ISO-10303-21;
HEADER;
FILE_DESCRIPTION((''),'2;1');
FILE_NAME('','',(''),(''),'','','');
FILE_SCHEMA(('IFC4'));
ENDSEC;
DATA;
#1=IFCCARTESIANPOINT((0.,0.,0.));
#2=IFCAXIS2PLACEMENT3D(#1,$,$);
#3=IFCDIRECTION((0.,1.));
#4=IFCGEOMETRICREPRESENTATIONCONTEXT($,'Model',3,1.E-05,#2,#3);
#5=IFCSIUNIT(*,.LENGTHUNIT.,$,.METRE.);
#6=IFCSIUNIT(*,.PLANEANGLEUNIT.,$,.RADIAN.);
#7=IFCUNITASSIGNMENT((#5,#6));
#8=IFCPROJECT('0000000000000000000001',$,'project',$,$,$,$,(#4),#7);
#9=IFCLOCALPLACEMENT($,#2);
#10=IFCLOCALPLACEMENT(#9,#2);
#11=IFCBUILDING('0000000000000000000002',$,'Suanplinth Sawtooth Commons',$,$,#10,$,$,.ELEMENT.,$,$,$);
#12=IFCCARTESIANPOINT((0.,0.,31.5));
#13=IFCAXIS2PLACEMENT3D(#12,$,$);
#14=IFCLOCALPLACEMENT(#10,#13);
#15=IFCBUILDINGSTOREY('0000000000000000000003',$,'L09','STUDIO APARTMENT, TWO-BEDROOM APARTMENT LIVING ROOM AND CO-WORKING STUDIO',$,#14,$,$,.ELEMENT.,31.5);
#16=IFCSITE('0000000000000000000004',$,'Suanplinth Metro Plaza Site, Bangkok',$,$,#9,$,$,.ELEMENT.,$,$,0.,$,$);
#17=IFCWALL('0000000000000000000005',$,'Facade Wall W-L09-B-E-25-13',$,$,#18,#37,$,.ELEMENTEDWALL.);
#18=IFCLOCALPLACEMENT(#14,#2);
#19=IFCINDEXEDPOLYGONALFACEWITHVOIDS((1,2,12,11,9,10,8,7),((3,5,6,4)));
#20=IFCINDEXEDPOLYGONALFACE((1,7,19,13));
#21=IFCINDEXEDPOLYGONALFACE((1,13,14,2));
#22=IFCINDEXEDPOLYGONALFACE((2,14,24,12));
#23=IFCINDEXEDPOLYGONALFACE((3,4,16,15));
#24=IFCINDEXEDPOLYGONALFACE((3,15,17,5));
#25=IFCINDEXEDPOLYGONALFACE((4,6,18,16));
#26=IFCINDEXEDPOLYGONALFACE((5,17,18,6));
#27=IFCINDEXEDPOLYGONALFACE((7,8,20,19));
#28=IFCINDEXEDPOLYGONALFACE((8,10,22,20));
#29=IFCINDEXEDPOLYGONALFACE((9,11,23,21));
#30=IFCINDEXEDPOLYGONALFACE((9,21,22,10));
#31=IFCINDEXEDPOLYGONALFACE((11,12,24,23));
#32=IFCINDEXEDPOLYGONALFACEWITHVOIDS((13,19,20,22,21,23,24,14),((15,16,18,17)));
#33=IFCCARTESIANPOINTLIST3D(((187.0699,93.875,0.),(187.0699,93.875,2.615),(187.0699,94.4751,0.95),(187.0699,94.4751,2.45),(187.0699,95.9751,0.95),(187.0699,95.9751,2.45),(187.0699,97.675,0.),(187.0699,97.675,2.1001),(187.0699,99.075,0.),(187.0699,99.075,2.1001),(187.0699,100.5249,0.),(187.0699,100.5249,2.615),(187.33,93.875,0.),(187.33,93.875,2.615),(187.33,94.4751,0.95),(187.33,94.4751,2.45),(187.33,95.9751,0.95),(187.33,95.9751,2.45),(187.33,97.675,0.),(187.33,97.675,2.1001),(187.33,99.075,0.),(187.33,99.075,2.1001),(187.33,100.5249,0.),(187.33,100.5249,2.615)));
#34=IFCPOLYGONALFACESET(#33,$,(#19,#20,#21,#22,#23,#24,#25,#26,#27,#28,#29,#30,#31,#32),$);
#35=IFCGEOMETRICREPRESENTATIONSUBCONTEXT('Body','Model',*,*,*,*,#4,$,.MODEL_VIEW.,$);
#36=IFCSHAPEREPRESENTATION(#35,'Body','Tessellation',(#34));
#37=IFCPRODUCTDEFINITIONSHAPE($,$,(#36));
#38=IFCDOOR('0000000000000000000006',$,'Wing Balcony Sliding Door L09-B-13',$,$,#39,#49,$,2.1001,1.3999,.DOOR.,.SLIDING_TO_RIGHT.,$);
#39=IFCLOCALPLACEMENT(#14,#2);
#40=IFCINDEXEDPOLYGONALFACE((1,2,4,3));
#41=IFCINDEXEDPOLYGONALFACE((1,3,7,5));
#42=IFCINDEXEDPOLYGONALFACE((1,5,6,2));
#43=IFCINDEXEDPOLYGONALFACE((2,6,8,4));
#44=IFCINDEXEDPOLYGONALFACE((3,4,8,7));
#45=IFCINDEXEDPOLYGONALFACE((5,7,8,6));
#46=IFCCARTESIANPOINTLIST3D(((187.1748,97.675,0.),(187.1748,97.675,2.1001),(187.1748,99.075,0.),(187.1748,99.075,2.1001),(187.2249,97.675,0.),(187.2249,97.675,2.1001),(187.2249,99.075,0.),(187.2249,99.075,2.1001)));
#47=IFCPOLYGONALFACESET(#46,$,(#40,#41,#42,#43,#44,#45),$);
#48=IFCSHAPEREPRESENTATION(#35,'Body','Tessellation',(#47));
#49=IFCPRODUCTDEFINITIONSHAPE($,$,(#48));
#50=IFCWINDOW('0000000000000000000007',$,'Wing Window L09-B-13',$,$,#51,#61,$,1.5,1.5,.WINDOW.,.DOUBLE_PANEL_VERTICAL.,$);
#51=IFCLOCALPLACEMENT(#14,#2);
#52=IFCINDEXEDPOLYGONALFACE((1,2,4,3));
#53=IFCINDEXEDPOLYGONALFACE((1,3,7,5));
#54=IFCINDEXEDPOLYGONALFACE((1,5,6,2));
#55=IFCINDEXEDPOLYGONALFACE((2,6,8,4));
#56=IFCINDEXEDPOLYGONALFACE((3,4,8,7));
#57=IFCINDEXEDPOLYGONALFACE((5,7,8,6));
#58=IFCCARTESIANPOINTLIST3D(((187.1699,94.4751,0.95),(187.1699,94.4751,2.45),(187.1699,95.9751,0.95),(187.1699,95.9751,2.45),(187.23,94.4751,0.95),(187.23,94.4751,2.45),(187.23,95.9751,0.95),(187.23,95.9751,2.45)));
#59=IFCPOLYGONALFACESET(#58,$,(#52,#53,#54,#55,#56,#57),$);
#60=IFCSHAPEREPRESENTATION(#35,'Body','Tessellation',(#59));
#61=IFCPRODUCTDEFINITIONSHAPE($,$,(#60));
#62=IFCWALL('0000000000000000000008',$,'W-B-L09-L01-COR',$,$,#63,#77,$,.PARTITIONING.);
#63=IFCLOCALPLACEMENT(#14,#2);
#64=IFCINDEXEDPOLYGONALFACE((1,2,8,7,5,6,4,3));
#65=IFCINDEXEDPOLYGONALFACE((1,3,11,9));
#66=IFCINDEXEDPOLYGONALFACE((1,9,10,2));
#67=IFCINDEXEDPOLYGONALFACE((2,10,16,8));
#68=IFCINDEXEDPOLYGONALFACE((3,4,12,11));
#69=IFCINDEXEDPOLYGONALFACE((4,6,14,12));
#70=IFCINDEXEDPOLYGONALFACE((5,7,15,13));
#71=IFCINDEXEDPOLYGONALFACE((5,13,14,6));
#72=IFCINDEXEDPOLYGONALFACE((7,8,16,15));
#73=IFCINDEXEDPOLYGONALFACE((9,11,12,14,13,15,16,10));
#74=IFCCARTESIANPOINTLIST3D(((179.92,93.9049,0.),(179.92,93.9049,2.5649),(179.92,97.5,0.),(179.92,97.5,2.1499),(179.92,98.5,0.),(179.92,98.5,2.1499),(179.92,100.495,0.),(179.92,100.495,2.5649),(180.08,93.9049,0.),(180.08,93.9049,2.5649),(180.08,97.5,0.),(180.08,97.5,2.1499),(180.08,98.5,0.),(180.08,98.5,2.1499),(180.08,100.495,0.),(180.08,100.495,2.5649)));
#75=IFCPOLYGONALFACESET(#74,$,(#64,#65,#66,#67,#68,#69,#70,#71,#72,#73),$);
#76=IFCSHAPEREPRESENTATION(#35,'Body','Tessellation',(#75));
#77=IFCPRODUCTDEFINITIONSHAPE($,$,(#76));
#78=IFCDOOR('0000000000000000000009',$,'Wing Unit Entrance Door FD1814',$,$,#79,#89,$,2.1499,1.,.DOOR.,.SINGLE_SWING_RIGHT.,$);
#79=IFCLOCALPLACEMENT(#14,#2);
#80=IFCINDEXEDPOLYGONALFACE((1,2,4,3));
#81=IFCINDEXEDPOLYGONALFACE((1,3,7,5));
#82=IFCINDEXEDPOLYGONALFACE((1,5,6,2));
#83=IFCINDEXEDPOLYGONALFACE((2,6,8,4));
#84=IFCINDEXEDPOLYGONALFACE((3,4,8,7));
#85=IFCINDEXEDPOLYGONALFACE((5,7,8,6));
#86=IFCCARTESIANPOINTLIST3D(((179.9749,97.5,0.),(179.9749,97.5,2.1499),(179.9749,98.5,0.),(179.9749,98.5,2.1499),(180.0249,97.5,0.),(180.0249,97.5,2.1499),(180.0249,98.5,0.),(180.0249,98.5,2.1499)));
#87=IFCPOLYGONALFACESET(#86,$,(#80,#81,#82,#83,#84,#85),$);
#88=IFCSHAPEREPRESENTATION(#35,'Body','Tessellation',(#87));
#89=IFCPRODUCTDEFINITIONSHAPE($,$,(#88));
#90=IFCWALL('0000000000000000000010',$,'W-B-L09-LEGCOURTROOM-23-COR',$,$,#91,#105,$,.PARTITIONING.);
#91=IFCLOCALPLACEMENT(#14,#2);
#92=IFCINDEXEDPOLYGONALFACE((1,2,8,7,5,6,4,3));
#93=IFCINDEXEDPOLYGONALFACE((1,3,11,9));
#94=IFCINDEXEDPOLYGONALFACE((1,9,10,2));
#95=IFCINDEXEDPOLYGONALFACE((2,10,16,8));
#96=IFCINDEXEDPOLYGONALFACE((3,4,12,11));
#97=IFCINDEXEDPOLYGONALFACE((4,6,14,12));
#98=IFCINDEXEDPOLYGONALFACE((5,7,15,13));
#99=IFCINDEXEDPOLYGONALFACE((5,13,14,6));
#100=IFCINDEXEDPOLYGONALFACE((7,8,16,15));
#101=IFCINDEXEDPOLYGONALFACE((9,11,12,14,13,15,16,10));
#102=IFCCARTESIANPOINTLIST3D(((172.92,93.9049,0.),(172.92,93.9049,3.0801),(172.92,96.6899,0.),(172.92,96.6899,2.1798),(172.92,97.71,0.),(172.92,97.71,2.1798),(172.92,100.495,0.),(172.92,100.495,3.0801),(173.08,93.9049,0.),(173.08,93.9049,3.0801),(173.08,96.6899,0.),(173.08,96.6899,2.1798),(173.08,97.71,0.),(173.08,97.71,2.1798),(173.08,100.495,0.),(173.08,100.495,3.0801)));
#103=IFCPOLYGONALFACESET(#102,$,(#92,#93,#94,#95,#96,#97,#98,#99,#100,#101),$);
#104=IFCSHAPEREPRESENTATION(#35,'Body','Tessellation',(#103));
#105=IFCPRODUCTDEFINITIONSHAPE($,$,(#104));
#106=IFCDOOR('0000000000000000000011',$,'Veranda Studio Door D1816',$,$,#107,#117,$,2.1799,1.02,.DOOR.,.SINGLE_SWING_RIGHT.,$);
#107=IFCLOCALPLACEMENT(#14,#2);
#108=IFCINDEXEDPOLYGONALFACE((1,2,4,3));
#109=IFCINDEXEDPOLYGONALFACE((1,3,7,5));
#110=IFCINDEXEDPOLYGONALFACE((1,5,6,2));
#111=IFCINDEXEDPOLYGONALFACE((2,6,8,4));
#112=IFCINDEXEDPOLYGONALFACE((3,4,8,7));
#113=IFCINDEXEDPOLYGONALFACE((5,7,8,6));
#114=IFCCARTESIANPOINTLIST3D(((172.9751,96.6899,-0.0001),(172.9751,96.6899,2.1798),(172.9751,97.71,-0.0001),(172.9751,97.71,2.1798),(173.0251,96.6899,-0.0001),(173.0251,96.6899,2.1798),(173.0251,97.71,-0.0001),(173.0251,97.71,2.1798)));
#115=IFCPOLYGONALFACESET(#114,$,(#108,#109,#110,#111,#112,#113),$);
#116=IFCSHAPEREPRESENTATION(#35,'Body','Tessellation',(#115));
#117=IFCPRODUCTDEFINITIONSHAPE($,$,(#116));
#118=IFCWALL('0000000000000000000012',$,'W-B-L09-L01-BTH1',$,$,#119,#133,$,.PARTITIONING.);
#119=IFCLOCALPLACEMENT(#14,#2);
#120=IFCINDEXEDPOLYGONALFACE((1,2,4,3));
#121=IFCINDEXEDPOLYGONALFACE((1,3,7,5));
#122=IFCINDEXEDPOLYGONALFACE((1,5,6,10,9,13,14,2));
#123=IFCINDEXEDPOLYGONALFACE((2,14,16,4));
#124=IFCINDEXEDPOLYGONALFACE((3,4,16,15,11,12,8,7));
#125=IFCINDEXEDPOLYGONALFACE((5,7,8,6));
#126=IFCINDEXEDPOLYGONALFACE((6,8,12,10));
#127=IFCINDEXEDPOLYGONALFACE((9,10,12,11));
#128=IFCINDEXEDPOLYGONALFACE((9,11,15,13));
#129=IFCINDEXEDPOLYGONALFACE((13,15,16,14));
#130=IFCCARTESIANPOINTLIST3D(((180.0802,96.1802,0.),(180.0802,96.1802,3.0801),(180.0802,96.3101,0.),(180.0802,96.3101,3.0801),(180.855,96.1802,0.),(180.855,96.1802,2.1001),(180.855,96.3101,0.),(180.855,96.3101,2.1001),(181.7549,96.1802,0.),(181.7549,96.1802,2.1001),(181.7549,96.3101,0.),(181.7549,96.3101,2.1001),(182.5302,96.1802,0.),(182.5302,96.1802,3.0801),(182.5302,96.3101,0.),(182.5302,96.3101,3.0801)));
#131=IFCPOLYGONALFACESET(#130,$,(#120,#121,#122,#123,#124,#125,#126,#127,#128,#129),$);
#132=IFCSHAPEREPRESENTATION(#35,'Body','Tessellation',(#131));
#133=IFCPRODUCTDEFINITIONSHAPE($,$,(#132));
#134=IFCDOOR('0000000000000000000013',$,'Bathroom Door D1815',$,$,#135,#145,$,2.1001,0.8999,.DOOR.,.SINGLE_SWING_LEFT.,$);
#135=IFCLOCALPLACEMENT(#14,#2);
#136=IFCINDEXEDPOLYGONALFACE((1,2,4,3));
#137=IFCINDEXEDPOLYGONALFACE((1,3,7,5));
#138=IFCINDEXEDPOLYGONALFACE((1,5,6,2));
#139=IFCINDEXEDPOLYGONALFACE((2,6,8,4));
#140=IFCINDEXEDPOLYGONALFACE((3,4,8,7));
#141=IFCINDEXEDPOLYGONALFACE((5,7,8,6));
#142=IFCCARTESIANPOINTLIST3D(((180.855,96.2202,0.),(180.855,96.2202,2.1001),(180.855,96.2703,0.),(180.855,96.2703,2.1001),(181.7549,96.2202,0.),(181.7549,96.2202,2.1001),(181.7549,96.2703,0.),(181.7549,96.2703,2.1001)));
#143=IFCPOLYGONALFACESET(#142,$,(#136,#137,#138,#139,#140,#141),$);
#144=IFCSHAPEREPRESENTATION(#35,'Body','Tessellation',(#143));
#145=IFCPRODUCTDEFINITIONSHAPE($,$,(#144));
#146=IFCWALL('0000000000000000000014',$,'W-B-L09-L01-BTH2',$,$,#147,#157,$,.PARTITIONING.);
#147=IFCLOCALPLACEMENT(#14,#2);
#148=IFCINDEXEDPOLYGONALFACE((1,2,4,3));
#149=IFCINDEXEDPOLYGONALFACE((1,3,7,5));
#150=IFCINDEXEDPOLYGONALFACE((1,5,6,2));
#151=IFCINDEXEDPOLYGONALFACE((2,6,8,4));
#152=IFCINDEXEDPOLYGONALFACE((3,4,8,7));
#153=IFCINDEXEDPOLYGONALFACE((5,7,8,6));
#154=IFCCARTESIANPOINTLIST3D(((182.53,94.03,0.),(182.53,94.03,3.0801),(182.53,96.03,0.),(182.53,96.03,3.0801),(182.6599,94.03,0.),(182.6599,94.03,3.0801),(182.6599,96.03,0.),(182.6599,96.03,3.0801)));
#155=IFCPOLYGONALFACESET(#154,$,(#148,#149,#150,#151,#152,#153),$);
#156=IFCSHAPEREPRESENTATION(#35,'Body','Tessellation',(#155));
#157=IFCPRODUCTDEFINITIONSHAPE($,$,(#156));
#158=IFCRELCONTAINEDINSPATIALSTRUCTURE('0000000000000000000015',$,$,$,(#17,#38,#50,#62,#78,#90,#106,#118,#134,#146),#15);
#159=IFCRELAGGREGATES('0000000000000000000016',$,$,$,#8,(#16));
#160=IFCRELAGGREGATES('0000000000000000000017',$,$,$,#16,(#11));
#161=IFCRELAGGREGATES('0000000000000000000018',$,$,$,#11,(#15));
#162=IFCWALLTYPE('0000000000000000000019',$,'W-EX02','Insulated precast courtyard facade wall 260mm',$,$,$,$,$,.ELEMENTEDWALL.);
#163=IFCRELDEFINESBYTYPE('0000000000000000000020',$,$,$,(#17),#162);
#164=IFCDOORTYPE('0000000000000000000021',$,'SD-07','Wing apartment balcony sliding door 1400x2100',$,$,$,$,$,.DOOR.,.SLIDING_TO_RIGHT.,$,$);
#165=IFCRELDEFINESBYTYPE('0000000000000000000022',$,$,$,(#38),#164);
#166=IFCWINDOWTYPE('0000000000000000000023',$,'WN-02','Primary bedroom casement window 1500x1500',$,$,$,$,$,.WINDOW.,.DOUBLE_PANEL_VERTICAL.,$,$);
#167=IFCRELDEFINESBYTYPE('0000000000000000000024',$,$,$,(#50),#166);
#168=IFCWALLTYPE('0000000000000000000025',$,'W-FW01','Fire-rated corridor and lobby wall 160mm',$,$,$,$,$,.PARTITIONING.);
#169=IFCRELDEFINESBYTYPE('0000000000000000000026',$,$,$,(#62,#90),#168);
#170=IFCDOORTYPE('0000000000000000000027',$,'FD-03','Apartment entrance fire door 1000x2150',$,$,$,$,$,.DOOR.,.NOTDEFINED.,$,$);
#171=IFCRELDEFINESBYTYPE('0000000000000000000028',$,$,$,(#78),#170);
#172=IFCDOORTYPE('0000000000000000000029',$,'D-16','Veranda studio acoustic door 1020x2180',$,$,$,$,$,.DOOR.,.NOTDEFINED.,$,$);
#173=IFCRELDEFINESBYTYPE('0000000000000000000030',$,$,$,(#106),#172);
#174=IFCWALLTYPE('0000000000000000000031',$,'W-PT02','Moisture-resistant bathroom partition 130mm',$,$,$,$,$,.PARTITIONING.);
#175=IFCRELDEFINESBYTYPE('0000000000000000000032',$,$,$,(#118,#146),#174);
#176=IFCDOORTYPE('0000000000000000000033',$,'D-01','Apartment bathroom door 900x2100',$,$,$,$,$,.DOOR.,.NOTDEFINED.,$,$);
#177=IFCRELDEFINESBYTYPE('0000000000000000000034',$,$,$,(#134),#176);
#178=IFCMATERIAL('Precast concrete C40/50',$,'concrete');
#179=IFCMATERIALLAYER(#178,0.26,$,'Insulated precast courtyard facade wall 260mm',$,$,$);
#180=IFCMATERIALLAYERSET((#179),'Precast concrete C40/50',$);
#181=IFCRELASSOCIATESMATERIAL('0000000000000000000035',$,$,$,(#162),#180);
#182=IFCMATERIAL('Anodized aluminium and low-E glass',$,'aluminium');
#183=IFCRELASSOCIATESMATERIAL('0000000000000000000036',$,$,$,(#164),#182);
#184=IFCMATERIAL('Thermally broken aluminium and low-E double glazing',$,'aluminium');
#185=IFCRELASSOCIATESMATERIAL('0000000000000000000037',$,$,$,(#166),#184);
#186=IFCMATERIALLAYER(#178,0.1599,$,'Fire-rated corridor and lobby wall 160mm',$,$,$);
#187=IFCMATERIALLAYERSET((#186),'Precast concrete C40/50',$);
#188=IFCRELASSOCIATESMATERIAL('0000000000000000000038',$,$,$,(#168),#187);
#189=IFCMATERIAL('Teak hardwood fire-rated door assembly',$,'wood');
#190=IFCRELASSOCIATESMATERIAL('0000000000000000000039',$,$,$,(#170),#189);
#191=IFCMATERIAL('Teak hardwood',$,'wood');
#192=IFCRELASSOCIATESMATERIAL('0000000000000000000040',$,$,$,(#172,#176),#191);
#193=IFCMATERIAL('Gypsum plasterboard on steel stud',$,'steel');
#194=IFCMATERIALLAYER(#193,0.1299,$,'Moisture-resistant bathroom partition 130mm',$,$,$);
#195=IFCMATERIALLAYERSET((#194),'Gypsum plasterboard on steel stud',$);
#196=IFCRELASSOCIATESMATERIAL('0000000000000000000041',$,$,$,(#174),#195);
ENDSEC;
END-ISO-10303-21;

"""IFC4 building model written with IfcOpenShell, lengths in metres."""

from ifc_helpers import new_model, si_unit, direction, frame, frame_2d, origin, place, context, subcontext, project, spatial, rectangle, extrude, material, layer, layer_set, type_object, element, fill, save


model = new_model("IFC4")

# Units and contexts
model_context = context("Model", 3, precision=1e-05, world=origin(), true_north=direction((0.0, 1.0)))
body_context = subcontext(model_context, "Body", "Model", "MODEL_VIEW")
ifc_project = project(units=[si_unit("LENGTHUNIT", "METRE"), si_unit("PLANEANGLEUNIT", "RADIAN")], contexts=[model_context])

# Site, building, storey
site_placement = place(None, origin())
site = spatial("IfcSite", under=ifc_project, at=site_placement, Name="Suanplinth Metro Plaza Site, Bangkok", CompositionType="ELEMENT", RefElevation=0.0)
building_placement = place(site_placement, origin())
building = spatial("IfcBuilding", under=site, at=building_placement, Name="Suanplinth Sawtooth Commons", CompositionType="ELEMENT")
storey_placement = place(building_placement, frame((0.0, 0.0, 31.5)))
storey = spatial("IfcBuildingStorey", under=building, at=storey_placement, Name="L09", Description="STUDIO APARTMENT, TWO-BEDROOM APARTMENT LIVING ROOM AND CO-WORKING STUDIO", CompositionType="ELEMENT", Elevation=31.5)

# Shared definitions
ifc_material_1 = material(Name="Precast concrete C40/50", Category="concrete")

# Shared definitions
ifc_layer_1 = layer(ifc_material_1, 0.26, Name="Insulated precast courtyard facade wall 260mm")
ifc_layer_set_1 = layer_set([ifc_layer_1], Name="Precast concrete C40/50")
wall_type_1 = type_object("IfcWallType", Name="W-EX02", Description="Insulated precast courtyard facade wall 260mm", PredefinedType="ELEMENTEDWALL", material=ifc_layer_set_1)
ifc_material_2 = material(Name="Anodized aluminium and low-E glass", Category="aluminium")
door_type_1 = type_object("IfcDoorType", Name="SD-07", Description="Wing apartment balcony sliding door 1400x2100", OperationType="SLIDING_TO_RIGHT", PredefinedType="DOOR", material=ifc_material_2)

# Wall, openings, door, window
wall_1_placement = place(storey_placement, frame((187.2, 93.875, 0.0), z_axis=(0.0, 0.0, 1.0), x_axis=(0.0, 1.0, 0.0)))
wall_1 = element("IfcWall", 1, at=wall_1_placement, inside=storey, type_object=wall_type_1, Name="Facade Wall W-L09-B-E-25-13", PredefinedType="ELEMENTEDWALL", context=body_context, shape_type="SweptSolid", body=[
    extrude(rectangle(XDim=6.6499, YDim=0.26, at=frame_2d((3.325, 0.0))), origin(), (0.0, 0.0, 1.0), 2.615),
])
opening_1_placement = place(wall_1_placement, frame((3.8, 0.0, 0.0)))
opening_1 = element("IfcOpeningElement", 2, at=opening_1_placement, cuts=wall_1, PredefinedType="OPENING", context=body_context, shape_type="SweptSolid", body=[
    extrude(rectangle(XDim=1.3999, YDim=2.1001, at=frame_2d((0.7, 1.05))), frame((0.0, 0.145, 0.0), z_axis=(0.0, -1.0, 0.0), x_axis=(1.0, 0.0, 0.0)), (0.0, 0.0, 1.0), 0.2898),
])
opening_2_placement = place(wall_1_placement, frame((0.6001, 0.0, 0.95)))
opening_2 = element("IfcOpeningElement", 3, at=opening_2_placement, cuts=wall_1, PredefinedType="OPENING", context=body_context, shape_type="SweptSolid", body=[
    extrude(rectangle(XDim=1.5, YDim=1.5, at=frame_2d((0.75, 0.75))), frame((0.0, 0.145, 0.0), z_axis=(0.0, -1.0, 0.0), x_axis=(1.0, 0.0, 0.0)), (0.0, 0.0, 1.0), 0.2898),
])
door_1_placement = place(opening_1_placement, frame((1.3999, 0.0, 0.0), z_axis=(0.0, 0.0, 1.0), x_axis=(-1.0, 0.0, 0.0)))
door_1 = element("IfcDoor", 4, at=door_1_placement, inside=storey, type_object=door_type_1, Name="Wing Balcony Sliding Door L09-B-13", OperationType="SLIDING_TO_RIGHT", OverallHeight=2.1001, OverallWidth=1.3999, PredefinedType="DOOR", context=body_context, shape_type="SweptSolid", body=[
    extrude(rectangle(XDim=1.3999, YDim=2.1001, at=frame_2d((0.7, 1.05))), frame((0.0, 0.0249, 0.0), z_axis=(0.0, -1.0, 0.0), x_axis=(1.0, 0.0, 0.0)), (0.0, 0.0, 1.0), 0.05),
])
fill(opening_1, door_1)
ifc_material_3 = material(Name="Thermally broken aluminium and low-E double glazing", Category="aluminium")
window_type = type_object("IfcWindowType", Name="WN-02", Description="Primary bedroom casement window 1500x1500", PartitioningType="DOUBLE_PANEL_VERTICAL", PredefinedType="WINDOW", material=ifc_material_3)
window_placement = place(opening_2_placement, origin())
window = element("IfcWindow", 5, at=window_placement, inside=storey, type_object=window_type, Name="Wing Window L09-B-13", OverallHeight=1.5, OverallWidth=1.5, PartitioningType="DOUBLE_PANEL_VERTICAL", PredefinedType="WINDOW", context=body_context, shape_type="SweptSolid", body=[
    extrude(rectangle(XDim=1.5, YDim=1.5, at=frame_2d((0.75, 0.75))), frame((0.0, 0.03, 0.0), z_axis=(0.0, -1.0, 0.0), x_axis=(1.0, 0.0, 0.0)), (0.0, 0.0, 1.0), 0.0601),
])
fill(opening_2, window)

# Walls, openings, doors
ifc_layer_2 = layer(ifc_material_1, 0.1599, Name="Fire-rated corridor and lobby wall 160mm")
ifc_layer_set_2 = layer_set([ifc_layer_2], Name="Precast concrete C40/50")
wall_type_2 = type_object("IfcWallType", Name="W-FW01", Description="Fire-rated corridor and lobby wall 160mm", PredefinedType="PARTITIONING", material=ifc_layer_set_2)
wall_2_placement = place(storey_placement, frame((180.0, 93.905, 0.0), z_axis=(0.0, 0.0, 1.0), x_axis=(0.0, 1.0, 0.0)))
wall_2 = element("IfcWall", 6, at=wall_2_placement, inside=storey, type_object=wall_type_2, Name="W-B-L09-L01-COR", PredefinedType="PARTITIONING", context=body_context, shape_type="SweptSolid", body=[
    extrude(rectangle(XDim=6.5901, YDim=0.1599, at=frame_2d((3.2949, 0.0))), origin(), (0.0, 0.0, 1.0), 2.5649),
])
opening_3_placement = place(wall_2_placement, frame((3.595, 0.0, 0.0)))
opening_3 = element("IfcOpeningElement", 7, at=opening_3_placement, cuts=wall_2, PredefinedType="OPENING", context=body_context, shape_type="SweptSolid", body=[
    extrude(rectangle(XDim=1.0, YDim=2.1499, at=frame_2d((0.5, 1.075))), frame((0.0, 0.0947, 0.0), z_axis=(0.0, -1.0, 0.0), x_axis=(1.0, 0.0, 0.0)), (0.0, 0.0, 1.0), 0.1897),
])
ifc_material_4 = material(Name="Teak hardwood fire-rated door assembly", Category="wood")
door_type_2 = type_object("IfcDoorType", Name="FD-03", Description="Apartment entrance fire door 1000x2150", OperationType="NOTDEFINED", PredefinedType="DOOR", material=ifc_material_4)
door_2_placement = place(opening_3_placement, frame((1.0, 0.0, 0.0), z_axis=(0.0, 0.0, 1.0), x_axis=(-1.0, 0.0, 0.0)))
door_2 = element("IfcDoor", 8, at=door_2_placement, inside=storey, type_object=door_type_2, Name="Wing Unit Entrance Door FD1814", OperationType="SINGLE_SWING_RIGHT", OverallHeight=2.1499, OverallWidth=1.0, PredefinedType="DOOR", context=body_context, shape_type="SweptSolid", body=[
    extrude(rectangle(XDim=1.0, YDim=2.1499, at=frame_2d((0.5, 1.075))), frame((0.0, 0.0249, 0.0), z_axis=(0.0, -1.0, 0.0), x_axis=(1.0, 0.0, 0.0)), (0.0, 0.0, 1.0), 0.05),
])
fill(opening_3, door_2)
wall_3_placement = place(storey_placement, frame((173.0, 93.905, 0.0), z_axis=(0.0, 0.0, 1.0), x_axis=(0.0, 1.0, 0.0)))
wall_3 = element("IfcWall", 9, at=wall_3_placement, inside=storey, type_object=wall_type_2, Name="W-B-L09-LEGCOURTROOM-23-COR", PredefinedType="PARTITIONING", context=body_context, shape_type="SweptSolid", body=[
    extrude(rectangle(XDim=6.5901, YDim=0.1599, at=frame_2d((3.2949, 0.0))), origin(), (0.0, 0.0, 1.0), 3.0801),
])
opening_4_placement = place(wall_3_placement, frame((2.7849, 0.0, 0.0)))
opening_4 = element("IfcOpeningElement", 10, at=opening_4_placement, cuts=wall_3, PredefinedType="OPENING", context=body_context, shape_type="SweptSolid", body=[
    extrude(rectangle(XDim=1.02, YDim=2.1799, at=frame_2d((0.51, 1.0898))), frame((0.0, 0.0947, 0.0), z_axis=(0.0, -1.0, 0.0), x_axis=(1.0, 0.0, 0.0)), (0.0, 0.0, 1.0), 0.1897),
])
ifc_material_5 = material(Name="Teak hardwood", Category="wood")
door_type_3 = type_object("IfcDoorType", Name="D-16", Description="Veranda studio acoustic door 1020x2180", OperationType="NOTDEFINED", PredefinedType="DOOR", material=ifc_material_5)
door_3_placement = place(opening_4_placement, origin())
door_3 = element("IfcDoor", 11, at=door_3_placement, inside=storey, type_object=door_type_3, Name="Veranda Studio Door D1816", OperationType="SINGLE_SWING_RIGHT", OverallHeight=2.1799, OverallWidth=1.02, PredefinedType="DOOR", context=body_context, shape_type="SweptSolid", body=[
    extrude(rectangle(XDim=1.02, YDim=2.1799, at=frame_2d((0.51, 1.0898))), frame((0.0, 0.0249, 0.0), z_axis=(0.0, -1.0, 0.0), x_axis=(1.0, 0.0, 0.0)), (0.0, 0.0, 1.0), 0.05),
])
fill(opening_4, door_3)
ifc_material_6 = material(Name="Gypsum plasterboard on steel stud", Category="steel")
ifc_layer_3 = layer(ifc_material_6, 0.1299, Name="Moisture-resistant bathroom partition 130mm")
ifc_layer_set_3 = layer_set([ifc_layer_3], Name="Gypsum plasterboard on steel stud")
wall_type_3 = type_object("IfcWallType", Name="W-PT02", Description="Moisture-resistant bathroom partition 130mm", PredefinedType="PARTITIONING", material=ifc_layer_set_3)
wall_4_placement = place(storey_placement, frame((180.0801, 96.2451, 0.0), z_axis=(0.0, 0.0, 1.0), x_axis=(1.0, 0.0, 0.0)))
wall_4 = element("IfcWall", 12, at=wall_4_placement, inside=storey, type_object=wall_type_3, Name="W-B-L09-L01-BTH1", PredefinedType="PARTITIONING", context=body_context, shape_type="SweptSolid", body=[
    extrude(rectangle(XDim=2.45, YDim=0.1299, at=frame_2d((1.2251, 0.0))), origin(), (0.0, 0.0, 1.0), 3.0801),
])
opening_5_placement = place(wall_4_placement, frame((0.7749, 0.0, 0.0)))
opening_5 = element("IfcOpeningElement", 13, at=opening_5_placement, cuts=wall_4, PredefinedType="OPENING", context=body_context, shape_type="SweptSolid", body=[
    extrude(rectangle(XDim=0.8999, YDim=2.1001, at=frame_2d((0.45, 1.05))), frame((0.0, 0.0798, 0.0), z_axis=(0.0, -1.0, 0.0), x_axis=(1.0, 0.0, 0.0)), (0.0, 0.0, 1.0), 0.1597),
])
door_type_4 = type_object("IfcDoorType", Name="D-01", Description="Apartment bathroom door 900x2100", OperationType="NOTDEFINED", PredefinedType="DOOR", material=ifc_material_5)
door_4_placement = place(opening_5_placement, frame((0.8999, 0.0, 0.0), z_axis=(0.0, 0.0, 1.0), x_axis=(-1.0, 0.0, 0.0)))
door_4 = element("IfcDoor", 14, at=door_4_placement, inside=storey, type_object=door_type_4, Name="Bathroom Door D1815", OperationType="SINGLE_SWING_LEFT", OverallHeight=2.1001, OverallWidth=0.8999, PredefinedType="DOOR", context=body_context, shape_type="SweptSolid", body=[
    extrude(rectangle(XDim=0.8999, YDim=2.1001, at=frame_2d((0.45, 1.05))), frame((0.0, 0.0249, 0.0), z_axis=(0.0, -1.0, 0.0), x_axis=(1.0, 0.0, 0.0)), (0.0, 0.0, 1.0), 0.05),
])
fill(opening_5, door_4)

# Wall
wall_5_placement = place(storey_placement, frame((182.595, 94.03, 0.0), z_axis=(0.0, 0.0, 1.0), x_axis=(0.0, 1.0, 0.0)))
element("IfcWall", 15, at=wall_5_placement, inside=storey, type_object=wall_type_3, Name="W-B-L09-L01-BTH2", PredefinedType="PARTITIONING", context=body_context, shape_type="SweptSolid", body=[
    extrude(rectangle(XDim=2.0, YDim=0.1299, at=frame_2d((1.0, 0.0))), origin(), (0.0, 0.0, 1.0), 3.0801),
])

save(model, "model.ifc")
